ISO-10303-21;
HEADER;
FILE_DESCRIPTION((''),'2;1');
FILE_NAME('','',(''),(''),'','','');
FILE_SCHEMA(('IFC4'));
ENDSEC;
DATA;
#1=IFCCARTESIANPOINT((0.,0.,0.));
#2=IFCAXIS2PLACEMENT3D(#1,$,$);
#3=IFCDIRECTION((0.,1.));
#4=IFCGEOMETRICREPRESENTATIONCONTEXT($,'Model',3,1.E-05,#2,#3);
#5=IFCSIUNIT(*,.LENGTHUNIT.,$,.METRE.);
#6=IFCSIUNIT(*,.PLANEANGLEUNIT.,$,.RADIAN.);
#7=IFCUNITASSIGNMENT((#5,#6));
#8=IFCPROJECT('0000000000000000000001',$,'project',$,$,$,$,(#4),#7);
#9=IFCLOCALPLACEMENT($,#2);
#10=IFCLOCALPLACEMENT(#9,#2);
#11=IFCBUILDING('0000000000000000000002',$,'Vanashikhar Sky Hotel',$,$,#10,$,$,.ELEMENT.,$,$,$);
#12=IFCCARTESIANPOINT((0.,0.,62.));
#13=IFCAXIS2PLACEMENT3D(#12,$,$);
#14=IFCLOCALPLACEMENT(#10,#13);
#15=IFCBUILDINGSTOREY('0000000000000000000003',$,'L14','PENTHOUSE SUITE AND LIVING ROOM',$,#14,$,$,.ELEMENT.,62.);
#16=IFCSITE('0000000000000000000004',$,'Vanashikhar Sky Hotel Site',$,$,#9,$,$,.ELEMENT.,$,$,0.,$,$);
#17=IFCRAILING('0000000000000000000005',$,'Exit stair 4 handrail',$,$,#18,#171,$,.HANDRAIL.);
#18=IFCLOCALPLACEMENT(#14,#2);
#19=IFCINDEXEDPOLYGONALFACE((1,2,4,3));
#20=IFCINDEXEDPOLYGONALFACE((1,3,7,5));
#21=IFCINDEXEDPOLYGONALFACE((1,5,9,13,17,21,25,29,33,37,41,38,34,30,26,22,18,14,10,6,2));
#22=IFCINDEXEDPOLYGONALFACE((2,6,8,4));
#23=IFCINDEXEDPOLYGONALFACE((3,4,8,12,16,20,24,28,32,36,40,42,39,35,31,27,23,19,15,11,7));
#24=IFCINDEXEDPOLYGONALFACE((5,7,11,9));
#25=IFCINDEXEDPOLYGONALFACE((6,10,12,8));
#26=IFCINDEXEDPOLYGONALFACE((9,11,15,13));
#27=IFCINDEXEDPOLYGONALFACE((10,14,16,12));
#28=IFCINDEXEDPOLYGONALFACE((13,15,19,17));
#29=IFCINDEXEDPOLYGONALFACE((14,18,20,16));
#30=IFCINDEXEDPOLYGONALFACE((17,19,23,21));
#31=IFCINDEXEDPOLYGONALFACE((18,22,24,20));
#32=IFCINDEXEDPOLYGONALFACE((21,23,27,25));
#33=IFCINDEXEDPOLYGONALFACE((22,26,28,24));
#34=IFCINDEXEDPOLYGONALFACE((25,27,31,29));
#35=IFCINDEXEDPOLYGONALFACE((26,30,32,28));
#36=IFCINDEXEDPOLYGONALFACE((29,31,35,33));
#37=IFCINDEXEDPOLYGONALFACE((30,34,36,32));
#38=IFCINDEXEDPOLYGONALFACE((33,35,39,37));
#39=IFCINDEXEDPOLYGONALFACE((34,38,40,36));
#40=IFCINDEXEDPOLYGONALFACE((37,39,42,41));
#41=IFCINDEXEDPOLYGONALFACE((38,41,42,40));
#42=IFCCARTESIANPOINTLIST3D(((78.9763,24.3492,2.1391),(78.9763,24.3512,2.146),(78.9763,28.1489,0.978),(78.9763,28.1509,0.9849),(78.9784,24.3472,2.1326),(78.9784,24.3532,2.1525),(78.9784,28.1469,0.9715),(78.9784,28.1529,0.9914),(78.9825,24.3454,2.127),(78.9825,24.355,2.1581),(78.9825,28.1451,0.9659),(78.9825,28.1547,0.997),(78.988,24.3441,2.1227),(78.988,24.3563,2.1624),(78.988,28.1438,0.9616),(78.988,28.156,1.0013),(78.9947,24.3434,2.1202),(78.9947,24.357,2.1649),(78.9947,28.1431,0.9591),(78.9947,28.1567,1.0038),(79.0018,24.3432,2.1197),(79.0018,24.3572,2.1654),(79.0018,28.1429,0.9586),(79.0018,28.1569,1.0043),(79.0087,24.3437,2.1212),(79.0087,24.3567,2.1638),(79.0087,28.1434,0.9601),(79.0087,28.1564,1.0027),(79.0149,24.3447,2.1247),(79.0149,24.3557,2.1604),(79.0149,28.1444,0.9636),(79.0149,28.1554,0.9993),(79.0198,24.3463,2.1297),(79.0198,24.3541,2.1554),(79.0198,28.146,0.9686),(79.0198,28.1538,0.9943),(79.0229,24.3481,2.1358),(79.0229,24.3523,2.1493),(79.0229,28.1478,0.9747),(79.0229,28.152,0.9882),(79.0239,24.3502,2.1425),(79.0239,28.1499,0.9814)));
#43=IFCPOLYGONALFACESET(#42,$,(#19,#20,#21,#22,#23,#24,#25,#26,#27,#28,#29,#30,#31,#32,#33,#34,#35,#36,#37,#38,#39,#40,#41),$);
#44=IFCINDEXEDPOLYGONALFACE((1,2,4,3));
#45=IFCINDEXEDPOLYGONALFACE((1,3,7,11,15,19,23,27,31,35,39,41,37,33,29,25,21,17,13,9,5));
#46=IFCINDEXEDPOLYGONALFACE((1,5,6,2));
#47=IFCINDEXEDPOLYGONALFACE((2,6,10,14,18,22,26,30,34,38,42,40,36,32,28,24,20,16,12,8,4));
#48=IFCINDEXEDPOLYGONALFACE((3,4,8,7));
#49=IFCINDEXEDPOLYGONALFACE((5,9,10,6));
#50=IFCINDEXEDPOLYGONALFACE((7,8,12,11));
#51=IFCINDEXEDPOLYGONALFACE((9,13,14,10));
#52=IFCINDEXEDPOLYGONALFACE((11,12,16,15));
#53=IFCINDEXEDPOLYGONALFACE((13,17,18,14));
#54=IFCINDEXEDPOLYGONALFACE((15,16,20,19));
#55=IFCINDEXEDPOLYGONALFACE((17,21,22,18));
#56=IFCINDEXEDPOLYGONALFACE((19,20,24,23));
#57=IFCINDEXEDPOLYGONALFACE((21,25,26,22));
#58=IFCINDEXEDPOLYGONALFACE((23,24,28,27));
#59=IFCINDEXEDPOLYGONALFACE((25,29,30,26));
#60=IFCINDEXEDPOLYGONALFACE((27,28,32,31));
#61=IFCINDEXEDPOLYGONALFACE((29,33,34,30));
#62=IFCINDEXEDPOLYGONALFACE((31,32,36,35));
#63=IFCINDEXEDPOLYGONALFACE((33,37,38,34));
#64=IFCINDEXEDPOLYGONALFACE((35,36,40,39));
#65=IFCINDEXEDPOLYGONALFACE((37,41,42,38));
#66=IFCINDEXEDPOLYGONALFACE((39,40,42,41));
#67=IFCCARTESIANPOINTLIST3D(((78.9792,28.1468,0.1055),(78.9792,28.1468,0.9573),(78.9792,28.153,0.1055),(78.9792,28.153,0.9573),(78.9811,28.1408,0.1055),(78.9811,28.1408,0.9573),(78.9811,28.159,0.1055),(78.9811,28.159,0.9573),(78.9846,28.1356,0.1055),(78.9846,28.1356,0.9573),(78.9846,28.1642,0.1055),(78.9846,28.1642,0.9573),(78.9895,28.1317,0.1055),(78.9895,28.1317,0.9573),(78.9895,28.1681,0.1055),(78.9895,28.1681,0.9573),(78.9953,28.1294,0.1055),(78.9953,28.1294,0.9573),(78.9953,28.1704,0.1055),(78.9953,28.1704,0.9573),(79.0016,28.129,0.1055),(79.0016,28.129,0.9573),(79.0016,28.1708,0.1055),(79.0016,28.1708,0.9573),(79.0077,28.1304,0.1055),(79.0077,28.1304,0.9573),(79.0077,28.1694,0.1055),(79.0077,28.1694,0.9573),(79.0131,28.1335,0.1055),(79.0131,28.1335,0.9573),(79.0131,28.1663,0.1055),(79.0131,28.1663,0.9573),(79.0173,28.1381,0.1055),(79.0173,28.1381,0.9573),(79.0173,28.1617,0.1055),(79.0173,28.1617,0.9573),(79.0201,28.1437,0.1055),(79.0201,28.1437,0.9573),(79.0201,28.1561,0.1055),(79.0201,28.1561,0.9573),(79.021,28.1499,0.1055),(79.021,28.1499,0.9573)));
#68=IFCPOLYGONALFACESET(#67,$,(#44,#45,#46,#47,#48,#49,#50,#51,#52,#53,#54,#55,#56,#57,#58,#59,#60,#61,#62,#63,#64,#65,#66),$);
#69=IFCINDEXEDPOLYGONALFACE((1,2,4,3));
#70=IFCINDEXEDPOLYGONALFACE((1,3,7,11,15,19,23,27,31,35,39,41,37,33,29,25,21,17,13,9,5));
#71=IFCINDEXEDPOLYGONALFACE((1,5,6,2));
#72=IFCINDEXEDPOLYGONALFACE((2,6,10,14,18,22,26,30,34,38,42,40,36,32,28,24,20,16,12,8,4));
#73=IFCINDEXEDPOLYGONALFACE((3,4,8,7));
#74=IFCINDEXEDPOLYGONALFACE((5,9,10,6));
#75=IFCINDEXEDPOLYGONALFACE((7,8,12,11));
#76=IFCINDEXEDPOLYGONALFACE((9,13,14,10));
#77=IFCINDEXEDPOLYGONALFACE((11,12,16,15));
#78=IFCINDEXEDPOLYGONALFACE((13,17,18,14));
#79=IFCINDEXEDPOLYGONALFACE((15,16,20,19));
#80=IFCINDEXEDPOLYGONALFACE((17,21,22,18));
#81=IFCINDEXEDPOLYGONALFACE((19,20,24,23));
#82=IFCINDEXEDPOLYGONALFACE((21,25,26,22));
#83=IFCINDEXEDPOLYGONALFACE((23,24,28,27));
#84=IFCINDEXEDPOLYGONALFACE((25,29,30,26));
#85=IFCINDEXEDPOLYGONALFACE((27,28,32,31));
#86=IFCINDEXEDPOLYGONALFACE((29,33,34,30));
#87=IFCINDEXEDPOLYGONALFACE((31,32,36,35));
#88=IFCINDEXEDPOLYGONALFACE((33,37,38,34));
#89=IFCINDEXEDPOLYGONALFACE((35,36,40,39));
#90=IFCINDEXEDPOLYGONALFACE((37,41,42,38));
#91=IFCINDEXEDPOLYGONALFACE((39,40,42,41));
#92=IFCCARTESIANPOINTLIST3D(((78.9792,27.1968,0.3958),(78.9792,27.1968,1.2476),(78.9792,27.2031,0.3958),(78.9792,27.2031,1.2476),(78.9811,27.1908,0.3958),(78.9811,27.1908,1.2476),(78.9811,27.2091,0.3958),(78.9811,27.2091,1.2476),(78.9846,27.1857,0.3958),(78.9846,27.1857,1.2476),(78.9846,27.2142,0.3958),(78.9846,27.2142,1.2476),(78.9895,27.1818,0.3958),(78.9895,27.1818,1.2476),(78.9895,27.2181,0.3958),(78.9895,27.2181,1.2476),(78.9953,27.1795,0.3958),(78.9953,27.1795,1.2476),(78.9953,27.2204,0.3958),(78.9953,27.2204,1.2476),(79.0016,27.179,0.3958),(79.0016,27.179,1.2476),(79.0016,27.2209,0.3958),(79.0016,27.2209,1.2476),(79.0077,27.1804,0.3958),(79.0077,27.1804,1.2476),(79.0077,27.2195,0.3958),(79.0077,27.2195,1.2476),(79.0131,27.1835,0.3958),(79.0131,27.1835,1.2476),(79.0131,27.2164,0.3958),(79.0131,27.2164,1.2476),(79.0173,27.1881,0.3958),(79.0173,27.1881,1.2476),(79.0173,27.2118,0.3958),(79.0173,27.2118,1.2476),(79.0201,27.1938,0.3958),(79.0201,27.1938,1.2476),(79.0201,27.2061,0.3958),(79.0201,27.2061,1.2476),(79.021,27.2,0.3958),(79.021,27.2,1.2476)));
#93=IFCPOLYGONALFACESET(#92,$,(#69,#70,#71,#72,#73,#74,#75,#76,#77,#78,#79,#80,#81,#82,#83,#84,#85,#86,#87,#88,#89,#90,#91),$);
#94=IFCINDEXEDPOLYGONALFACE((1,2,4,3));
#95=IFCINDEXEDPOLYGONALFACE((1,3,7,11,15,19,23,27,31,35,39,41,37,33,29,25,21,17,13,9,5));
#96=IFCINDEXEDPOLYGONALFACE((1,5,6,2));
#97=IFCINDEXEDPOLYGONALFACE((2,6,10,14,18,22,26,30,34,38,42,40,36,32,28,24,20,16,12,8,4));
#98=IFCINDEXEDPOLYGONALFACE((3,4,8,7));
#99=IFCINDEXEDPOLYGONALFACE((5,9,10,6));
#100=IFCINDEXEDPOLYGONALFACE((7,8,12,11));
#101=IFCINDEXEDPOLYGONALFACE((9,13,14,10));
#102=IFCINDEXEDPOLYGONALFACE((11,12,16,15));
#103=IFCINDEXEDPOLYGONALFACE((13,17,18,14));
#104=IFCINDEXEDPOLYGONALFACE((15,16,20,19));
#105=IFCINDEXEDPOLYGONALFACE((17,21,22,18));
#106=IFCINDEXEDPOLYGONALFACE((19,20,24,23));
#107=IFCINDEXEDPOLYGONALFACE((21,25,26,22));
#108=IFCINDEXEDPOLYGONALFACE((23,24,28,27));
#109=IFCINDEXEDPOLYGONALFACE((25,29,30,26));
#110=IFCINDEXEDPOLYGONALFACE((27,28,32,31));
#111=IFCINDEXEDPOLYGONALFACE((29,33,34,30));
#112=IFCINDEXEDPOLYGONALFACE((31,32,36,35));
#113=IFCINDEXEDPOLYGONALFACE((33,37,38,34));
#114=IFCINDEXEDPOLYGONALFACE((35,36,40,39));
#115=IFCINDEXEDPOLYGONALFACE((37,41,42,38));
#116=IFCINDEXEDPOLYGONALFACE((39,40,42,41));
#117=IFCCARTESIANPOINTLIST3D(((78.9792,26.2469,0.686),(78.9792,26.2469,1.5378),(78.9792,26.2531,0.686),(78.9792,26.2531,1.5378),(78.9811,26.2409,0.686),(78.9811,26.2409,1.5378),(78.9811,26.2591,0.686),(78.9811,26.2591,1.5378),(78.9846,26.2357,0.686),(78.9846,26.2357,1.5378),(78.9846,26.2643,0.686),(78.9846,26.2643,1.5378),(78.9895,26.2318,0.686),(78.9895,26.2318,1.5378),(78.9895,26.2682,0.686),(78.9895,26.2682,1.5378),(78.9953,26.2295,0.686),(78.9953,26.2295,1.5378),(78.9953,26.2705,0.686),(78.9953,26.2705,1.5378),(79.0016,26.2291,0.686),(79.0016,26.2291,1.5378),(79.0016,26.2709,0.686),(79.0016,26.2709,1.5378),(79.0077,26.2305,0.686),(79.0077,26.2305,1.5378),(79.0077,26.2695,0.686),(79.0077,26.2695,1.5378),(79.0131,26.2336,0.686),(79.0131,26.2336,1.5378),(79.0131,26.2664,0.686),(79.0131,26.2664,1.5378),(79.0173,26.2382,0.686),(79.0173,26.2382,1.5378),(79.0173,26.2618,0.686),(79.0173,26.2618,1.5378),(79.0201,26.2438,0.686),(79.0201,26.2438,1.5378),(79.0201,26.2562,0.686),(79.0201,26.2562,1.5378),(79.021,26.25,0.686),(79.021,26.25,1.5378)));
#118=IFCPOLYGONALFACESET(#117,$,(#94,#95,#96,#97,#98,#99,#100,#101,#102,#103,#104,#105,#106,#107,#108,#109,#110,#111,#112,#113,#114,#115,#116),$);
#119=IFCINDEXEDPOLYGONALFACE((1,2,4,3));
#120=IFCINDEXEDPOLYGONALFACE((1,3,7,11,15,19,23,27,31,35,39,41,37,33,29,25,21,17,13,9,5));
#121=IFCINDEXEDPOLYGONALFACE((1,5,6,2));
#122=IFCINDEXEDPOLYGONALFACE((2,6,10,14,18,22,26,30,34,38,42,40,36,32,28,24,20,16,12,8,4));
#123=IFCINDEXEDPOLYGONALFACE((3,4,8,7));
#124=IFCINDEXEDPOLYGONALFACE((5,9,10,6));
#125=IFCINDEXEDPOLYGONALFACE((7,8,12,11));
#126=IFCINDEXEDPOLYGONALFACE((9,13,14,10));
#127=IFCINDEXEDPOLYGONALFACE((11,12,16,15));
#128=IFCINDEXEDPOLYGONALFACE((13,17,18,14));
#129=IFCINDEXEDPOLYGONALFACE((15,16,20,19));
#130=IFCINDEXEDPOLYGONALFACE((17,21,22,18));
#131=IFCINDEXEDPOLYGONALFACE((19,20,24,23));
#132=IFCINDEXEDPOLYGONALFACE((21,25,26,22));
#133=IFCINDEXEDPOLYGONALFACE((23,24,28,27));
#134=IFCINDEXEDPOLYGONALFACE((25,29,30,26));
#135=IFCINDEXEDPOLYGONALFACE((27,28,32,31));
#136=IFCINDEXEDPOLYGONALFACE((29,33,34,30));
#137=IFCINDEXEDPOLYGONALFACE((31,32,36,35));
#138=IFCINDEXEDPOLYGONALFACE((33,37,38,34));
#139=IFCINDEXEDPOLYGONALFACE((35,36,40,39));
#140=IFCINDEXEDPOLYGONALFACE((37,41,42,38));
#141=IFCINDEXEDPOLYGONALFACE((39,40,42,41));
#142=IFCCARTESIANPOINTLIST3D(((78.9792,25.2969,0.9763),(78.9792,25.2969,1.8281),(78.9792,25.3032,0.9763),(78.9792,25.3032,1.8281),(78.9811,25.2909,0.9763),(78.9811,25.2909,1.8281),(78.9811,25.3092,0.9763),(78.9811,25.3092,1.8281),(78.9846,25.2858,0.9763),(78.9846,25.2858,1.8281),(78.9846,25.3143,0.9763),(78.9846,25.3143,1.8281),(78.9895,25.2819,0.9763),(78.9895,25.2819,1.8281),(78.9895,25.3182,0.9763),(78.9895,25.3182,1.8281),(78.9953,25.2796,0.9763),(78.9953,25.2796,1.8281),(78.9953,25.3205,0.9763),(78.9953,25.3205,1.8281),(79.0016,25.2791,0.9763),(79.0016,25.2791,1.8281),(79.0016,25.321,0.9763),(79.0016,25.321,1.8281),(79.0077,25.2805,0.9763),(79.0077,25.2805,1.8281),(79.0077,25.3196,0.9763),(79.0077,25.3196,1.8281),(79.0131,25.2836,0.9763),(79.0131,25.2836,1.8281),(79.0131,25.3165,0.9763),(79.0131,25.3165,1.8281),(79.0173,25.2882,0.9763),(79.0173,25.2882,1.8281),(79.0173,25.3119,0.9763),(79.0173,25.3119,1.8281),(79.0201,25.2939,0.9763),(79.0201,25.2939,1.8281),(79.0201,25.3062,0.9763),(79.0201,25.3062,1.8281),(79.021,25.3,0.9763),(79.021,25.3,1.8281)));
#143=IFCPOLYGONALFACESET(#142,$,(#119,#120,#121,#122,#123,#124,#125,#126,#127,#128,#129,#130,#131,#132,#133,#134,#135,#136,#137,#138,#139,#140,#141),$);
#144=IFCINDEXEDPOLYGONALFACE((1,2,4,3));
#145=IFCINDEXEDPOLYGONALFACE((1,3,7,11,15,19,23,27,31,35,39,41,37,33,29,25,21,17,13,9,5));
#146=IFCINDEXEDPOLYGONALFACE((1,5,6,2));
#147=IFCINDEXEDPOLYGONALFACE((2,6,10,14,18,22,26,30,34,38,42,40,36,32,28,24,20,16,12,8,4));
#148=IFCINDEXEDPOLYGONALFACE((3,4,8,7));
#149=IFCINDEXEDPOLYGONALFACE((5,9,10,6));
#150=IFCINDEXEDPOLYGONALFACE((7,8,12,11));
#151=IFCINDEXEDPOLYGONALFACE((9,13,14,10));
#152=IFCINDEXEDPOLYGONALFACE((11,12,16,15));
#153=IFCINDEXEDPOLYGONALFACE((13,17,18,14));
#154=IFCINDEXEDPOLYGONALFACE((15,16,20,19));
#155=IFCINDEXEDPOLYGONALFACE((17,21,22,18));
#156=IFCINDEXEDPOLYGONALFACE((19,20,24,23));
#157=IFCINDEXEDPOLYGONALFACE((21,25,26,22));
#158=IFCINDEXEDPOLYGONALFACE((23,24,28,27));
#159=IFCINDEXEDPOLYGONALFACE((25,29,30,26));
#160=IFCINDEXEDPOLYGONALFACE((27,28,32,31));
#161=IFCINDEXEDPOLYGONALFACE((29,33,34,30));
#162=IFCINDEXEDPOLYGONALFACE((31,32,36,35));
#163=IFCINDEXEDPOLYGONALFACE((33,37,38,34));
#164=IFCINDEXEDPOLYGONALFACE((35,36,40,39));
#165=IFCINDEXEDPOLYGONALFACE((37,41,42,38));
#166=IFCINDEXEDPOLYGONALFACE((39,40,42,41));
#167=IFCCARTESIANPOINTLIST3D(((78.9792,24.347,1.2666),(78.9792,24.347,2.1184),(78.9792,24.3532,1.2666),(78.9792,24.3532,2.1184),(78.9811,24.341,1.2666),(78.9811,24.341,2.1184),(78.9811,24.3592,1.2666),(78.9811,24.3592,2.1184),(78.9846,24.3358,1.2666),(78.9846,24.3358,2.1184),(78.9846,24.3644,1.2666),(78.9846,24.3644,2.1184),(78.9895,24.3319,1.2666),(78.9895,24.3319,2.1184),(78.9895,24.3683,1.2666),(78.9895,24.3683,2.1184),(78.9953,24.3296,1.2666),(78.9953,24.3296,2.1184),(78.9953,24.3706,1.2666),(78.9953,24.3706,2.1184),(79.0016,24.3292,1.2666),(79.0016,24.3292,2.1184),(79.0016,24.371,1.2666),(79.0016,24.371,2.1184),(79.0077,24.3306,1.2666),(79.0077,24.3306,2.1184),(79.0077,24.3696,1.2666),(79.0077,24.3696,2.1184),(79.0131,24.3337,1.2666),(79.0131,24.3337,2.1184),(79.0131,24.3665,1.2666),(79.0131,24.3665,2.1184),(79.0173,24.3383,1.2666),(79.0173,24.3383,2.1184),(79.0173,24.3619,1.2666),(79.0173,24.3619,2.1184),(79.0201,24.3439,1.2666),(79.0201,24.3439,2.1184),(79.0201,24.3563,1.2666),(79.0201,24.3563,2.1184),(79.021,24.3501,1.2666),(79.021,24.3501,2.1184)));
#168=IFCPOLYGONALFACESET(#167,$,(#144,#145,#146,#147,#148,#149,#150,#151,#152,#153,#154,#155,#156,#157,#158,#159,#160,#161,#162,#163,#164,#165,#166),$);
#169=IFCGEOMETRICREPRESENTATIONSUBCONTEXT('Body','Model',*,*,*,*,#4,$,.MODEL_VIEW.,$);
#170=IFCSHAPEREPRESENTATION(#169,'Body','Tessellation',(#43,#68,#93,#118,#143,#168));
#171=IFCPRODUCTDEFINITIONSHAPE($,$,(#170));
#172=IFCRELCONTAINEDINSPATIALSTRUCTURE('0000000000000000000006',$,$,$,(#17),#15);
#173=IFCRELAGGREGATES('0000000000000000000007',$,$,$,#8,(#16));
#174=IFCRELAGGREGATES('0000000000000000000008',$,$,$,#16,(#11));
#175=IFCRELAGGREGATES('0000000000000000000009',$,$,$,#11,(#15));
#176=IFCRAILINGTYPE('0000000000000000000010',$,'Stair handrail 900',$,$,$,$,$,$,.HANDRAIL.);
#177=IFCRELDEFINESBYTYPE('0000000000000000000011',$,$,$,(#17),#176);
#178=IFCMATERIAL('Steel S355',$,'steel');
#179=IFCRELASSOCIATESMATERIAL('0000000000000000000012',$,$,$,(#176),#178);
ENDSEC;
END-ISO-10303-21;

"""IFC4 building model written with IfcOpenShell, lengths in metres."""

from ifc_helpers import new_model, si_unit, direction, frame, origin, origin_2d, place, context, subcontext, project, spatial, circle, extrude, source, transform, mapped, material, type_object, element, save


model = new_model("IFC4")

# Units and contexts
model_context = context("Model", 3, precision=1e-05, world=origin(), true_north=direction((0.0, 1.0)))
body_context = subcontext(model_context, "Body", "Model", "MODEL_VIEW")
ifc_project = project(units=[si_unit("LENGTHUNIT", "METRE"), si_unit("PLANEANGLEUNIT", "RADIAN")], contexts=[model_context])

# Site, building, storey
site_placement = place(None, origin())
site = spatial("IfcSite", under=ifc_project, at=site_placement, Name="Vanashikhar Sky Hotel Site", CompositionType="ELEMENT", RefElevation=0.0)
building_placement = place(site_placement, origin())
building = spatial("IfcBuilding", under=site, at=building_placement, Name="Vanashikhar Sky Hotel", CompositionType="ELEMENT")
storey_placement = place(building_placement, frame((0.0, 0.0, 62.0)))
storey = spatial("IfcBuildingStorey", under=building, at=storey_placement, Name="L14", Description="PENTHOUSE SUITE AND LIVING ROOM", CompositionType="ELEMENT", Elevation=62.0)

# Railing
ifc_material_1 = material(Name="Steel S355", Category="steel")
railing_type_1 = type_object("IfcRailingType", Name="Stair handrail 900", PredefinedType="HANDRAIL", material=ifc_material_1)
shared_shape_1 = source(origin(), body_context, "Body", "SweptSolid", [
    extrude(circle(Radius=0.0239, at=origin_2d()), frame((0.0, 0.0, 0.876), z_axis=(0.0, -0.956346, 0.292237), x_axis=(1.0, 0.0, 0.0)), (0.0, 0.0, 1.0), 3.9731),
    extrude(circle(Radius=0.021, at=origin_2d()), origin(), (0.0, 0.0, 1.0), 0.8518),
    extrude(circle(Radius=0.021, at=origin_2d()), frame((0.0, -0.95, 0.2903)), (0.0, 0.0, 1.0), 0.8518),
    extrude(circle(Radius=0.021, at=origin_2d()), frame((0.0, -1.8999, 0.5806)), (0.0, 0.0, 1.0), 0.8518),
    extrude(circle(Radius=0.021, at=origin_2d()), frame((0.0, -2.8499, 0.8708)), (0.0, 0.0, 1.0), 0.8518),
    extrude(circle(Radius=0.021, at=origin_2d()), frame((0.0, -3.7998, 1.1611)), (0.0, 0.0, 1.0), 0.8518),
])
for number, where, name in (
    (1, (79.0, 28.1499, 0.1055), "Exit stair 4 handrail"),
):
    element("IfcRailing", number, at=place(storey_placement, frame(where)), inside=storey, type_object=railing_type_1, Name=name, PredefinedType="HANDRAIL", context=body_context, shape_type="MappedRepresentation", body=[
        mapped(shared_shape_1, transform((0.0, 0.0, 0.0), scale=1.0)),
    ])

save(model, "model.ifc")
